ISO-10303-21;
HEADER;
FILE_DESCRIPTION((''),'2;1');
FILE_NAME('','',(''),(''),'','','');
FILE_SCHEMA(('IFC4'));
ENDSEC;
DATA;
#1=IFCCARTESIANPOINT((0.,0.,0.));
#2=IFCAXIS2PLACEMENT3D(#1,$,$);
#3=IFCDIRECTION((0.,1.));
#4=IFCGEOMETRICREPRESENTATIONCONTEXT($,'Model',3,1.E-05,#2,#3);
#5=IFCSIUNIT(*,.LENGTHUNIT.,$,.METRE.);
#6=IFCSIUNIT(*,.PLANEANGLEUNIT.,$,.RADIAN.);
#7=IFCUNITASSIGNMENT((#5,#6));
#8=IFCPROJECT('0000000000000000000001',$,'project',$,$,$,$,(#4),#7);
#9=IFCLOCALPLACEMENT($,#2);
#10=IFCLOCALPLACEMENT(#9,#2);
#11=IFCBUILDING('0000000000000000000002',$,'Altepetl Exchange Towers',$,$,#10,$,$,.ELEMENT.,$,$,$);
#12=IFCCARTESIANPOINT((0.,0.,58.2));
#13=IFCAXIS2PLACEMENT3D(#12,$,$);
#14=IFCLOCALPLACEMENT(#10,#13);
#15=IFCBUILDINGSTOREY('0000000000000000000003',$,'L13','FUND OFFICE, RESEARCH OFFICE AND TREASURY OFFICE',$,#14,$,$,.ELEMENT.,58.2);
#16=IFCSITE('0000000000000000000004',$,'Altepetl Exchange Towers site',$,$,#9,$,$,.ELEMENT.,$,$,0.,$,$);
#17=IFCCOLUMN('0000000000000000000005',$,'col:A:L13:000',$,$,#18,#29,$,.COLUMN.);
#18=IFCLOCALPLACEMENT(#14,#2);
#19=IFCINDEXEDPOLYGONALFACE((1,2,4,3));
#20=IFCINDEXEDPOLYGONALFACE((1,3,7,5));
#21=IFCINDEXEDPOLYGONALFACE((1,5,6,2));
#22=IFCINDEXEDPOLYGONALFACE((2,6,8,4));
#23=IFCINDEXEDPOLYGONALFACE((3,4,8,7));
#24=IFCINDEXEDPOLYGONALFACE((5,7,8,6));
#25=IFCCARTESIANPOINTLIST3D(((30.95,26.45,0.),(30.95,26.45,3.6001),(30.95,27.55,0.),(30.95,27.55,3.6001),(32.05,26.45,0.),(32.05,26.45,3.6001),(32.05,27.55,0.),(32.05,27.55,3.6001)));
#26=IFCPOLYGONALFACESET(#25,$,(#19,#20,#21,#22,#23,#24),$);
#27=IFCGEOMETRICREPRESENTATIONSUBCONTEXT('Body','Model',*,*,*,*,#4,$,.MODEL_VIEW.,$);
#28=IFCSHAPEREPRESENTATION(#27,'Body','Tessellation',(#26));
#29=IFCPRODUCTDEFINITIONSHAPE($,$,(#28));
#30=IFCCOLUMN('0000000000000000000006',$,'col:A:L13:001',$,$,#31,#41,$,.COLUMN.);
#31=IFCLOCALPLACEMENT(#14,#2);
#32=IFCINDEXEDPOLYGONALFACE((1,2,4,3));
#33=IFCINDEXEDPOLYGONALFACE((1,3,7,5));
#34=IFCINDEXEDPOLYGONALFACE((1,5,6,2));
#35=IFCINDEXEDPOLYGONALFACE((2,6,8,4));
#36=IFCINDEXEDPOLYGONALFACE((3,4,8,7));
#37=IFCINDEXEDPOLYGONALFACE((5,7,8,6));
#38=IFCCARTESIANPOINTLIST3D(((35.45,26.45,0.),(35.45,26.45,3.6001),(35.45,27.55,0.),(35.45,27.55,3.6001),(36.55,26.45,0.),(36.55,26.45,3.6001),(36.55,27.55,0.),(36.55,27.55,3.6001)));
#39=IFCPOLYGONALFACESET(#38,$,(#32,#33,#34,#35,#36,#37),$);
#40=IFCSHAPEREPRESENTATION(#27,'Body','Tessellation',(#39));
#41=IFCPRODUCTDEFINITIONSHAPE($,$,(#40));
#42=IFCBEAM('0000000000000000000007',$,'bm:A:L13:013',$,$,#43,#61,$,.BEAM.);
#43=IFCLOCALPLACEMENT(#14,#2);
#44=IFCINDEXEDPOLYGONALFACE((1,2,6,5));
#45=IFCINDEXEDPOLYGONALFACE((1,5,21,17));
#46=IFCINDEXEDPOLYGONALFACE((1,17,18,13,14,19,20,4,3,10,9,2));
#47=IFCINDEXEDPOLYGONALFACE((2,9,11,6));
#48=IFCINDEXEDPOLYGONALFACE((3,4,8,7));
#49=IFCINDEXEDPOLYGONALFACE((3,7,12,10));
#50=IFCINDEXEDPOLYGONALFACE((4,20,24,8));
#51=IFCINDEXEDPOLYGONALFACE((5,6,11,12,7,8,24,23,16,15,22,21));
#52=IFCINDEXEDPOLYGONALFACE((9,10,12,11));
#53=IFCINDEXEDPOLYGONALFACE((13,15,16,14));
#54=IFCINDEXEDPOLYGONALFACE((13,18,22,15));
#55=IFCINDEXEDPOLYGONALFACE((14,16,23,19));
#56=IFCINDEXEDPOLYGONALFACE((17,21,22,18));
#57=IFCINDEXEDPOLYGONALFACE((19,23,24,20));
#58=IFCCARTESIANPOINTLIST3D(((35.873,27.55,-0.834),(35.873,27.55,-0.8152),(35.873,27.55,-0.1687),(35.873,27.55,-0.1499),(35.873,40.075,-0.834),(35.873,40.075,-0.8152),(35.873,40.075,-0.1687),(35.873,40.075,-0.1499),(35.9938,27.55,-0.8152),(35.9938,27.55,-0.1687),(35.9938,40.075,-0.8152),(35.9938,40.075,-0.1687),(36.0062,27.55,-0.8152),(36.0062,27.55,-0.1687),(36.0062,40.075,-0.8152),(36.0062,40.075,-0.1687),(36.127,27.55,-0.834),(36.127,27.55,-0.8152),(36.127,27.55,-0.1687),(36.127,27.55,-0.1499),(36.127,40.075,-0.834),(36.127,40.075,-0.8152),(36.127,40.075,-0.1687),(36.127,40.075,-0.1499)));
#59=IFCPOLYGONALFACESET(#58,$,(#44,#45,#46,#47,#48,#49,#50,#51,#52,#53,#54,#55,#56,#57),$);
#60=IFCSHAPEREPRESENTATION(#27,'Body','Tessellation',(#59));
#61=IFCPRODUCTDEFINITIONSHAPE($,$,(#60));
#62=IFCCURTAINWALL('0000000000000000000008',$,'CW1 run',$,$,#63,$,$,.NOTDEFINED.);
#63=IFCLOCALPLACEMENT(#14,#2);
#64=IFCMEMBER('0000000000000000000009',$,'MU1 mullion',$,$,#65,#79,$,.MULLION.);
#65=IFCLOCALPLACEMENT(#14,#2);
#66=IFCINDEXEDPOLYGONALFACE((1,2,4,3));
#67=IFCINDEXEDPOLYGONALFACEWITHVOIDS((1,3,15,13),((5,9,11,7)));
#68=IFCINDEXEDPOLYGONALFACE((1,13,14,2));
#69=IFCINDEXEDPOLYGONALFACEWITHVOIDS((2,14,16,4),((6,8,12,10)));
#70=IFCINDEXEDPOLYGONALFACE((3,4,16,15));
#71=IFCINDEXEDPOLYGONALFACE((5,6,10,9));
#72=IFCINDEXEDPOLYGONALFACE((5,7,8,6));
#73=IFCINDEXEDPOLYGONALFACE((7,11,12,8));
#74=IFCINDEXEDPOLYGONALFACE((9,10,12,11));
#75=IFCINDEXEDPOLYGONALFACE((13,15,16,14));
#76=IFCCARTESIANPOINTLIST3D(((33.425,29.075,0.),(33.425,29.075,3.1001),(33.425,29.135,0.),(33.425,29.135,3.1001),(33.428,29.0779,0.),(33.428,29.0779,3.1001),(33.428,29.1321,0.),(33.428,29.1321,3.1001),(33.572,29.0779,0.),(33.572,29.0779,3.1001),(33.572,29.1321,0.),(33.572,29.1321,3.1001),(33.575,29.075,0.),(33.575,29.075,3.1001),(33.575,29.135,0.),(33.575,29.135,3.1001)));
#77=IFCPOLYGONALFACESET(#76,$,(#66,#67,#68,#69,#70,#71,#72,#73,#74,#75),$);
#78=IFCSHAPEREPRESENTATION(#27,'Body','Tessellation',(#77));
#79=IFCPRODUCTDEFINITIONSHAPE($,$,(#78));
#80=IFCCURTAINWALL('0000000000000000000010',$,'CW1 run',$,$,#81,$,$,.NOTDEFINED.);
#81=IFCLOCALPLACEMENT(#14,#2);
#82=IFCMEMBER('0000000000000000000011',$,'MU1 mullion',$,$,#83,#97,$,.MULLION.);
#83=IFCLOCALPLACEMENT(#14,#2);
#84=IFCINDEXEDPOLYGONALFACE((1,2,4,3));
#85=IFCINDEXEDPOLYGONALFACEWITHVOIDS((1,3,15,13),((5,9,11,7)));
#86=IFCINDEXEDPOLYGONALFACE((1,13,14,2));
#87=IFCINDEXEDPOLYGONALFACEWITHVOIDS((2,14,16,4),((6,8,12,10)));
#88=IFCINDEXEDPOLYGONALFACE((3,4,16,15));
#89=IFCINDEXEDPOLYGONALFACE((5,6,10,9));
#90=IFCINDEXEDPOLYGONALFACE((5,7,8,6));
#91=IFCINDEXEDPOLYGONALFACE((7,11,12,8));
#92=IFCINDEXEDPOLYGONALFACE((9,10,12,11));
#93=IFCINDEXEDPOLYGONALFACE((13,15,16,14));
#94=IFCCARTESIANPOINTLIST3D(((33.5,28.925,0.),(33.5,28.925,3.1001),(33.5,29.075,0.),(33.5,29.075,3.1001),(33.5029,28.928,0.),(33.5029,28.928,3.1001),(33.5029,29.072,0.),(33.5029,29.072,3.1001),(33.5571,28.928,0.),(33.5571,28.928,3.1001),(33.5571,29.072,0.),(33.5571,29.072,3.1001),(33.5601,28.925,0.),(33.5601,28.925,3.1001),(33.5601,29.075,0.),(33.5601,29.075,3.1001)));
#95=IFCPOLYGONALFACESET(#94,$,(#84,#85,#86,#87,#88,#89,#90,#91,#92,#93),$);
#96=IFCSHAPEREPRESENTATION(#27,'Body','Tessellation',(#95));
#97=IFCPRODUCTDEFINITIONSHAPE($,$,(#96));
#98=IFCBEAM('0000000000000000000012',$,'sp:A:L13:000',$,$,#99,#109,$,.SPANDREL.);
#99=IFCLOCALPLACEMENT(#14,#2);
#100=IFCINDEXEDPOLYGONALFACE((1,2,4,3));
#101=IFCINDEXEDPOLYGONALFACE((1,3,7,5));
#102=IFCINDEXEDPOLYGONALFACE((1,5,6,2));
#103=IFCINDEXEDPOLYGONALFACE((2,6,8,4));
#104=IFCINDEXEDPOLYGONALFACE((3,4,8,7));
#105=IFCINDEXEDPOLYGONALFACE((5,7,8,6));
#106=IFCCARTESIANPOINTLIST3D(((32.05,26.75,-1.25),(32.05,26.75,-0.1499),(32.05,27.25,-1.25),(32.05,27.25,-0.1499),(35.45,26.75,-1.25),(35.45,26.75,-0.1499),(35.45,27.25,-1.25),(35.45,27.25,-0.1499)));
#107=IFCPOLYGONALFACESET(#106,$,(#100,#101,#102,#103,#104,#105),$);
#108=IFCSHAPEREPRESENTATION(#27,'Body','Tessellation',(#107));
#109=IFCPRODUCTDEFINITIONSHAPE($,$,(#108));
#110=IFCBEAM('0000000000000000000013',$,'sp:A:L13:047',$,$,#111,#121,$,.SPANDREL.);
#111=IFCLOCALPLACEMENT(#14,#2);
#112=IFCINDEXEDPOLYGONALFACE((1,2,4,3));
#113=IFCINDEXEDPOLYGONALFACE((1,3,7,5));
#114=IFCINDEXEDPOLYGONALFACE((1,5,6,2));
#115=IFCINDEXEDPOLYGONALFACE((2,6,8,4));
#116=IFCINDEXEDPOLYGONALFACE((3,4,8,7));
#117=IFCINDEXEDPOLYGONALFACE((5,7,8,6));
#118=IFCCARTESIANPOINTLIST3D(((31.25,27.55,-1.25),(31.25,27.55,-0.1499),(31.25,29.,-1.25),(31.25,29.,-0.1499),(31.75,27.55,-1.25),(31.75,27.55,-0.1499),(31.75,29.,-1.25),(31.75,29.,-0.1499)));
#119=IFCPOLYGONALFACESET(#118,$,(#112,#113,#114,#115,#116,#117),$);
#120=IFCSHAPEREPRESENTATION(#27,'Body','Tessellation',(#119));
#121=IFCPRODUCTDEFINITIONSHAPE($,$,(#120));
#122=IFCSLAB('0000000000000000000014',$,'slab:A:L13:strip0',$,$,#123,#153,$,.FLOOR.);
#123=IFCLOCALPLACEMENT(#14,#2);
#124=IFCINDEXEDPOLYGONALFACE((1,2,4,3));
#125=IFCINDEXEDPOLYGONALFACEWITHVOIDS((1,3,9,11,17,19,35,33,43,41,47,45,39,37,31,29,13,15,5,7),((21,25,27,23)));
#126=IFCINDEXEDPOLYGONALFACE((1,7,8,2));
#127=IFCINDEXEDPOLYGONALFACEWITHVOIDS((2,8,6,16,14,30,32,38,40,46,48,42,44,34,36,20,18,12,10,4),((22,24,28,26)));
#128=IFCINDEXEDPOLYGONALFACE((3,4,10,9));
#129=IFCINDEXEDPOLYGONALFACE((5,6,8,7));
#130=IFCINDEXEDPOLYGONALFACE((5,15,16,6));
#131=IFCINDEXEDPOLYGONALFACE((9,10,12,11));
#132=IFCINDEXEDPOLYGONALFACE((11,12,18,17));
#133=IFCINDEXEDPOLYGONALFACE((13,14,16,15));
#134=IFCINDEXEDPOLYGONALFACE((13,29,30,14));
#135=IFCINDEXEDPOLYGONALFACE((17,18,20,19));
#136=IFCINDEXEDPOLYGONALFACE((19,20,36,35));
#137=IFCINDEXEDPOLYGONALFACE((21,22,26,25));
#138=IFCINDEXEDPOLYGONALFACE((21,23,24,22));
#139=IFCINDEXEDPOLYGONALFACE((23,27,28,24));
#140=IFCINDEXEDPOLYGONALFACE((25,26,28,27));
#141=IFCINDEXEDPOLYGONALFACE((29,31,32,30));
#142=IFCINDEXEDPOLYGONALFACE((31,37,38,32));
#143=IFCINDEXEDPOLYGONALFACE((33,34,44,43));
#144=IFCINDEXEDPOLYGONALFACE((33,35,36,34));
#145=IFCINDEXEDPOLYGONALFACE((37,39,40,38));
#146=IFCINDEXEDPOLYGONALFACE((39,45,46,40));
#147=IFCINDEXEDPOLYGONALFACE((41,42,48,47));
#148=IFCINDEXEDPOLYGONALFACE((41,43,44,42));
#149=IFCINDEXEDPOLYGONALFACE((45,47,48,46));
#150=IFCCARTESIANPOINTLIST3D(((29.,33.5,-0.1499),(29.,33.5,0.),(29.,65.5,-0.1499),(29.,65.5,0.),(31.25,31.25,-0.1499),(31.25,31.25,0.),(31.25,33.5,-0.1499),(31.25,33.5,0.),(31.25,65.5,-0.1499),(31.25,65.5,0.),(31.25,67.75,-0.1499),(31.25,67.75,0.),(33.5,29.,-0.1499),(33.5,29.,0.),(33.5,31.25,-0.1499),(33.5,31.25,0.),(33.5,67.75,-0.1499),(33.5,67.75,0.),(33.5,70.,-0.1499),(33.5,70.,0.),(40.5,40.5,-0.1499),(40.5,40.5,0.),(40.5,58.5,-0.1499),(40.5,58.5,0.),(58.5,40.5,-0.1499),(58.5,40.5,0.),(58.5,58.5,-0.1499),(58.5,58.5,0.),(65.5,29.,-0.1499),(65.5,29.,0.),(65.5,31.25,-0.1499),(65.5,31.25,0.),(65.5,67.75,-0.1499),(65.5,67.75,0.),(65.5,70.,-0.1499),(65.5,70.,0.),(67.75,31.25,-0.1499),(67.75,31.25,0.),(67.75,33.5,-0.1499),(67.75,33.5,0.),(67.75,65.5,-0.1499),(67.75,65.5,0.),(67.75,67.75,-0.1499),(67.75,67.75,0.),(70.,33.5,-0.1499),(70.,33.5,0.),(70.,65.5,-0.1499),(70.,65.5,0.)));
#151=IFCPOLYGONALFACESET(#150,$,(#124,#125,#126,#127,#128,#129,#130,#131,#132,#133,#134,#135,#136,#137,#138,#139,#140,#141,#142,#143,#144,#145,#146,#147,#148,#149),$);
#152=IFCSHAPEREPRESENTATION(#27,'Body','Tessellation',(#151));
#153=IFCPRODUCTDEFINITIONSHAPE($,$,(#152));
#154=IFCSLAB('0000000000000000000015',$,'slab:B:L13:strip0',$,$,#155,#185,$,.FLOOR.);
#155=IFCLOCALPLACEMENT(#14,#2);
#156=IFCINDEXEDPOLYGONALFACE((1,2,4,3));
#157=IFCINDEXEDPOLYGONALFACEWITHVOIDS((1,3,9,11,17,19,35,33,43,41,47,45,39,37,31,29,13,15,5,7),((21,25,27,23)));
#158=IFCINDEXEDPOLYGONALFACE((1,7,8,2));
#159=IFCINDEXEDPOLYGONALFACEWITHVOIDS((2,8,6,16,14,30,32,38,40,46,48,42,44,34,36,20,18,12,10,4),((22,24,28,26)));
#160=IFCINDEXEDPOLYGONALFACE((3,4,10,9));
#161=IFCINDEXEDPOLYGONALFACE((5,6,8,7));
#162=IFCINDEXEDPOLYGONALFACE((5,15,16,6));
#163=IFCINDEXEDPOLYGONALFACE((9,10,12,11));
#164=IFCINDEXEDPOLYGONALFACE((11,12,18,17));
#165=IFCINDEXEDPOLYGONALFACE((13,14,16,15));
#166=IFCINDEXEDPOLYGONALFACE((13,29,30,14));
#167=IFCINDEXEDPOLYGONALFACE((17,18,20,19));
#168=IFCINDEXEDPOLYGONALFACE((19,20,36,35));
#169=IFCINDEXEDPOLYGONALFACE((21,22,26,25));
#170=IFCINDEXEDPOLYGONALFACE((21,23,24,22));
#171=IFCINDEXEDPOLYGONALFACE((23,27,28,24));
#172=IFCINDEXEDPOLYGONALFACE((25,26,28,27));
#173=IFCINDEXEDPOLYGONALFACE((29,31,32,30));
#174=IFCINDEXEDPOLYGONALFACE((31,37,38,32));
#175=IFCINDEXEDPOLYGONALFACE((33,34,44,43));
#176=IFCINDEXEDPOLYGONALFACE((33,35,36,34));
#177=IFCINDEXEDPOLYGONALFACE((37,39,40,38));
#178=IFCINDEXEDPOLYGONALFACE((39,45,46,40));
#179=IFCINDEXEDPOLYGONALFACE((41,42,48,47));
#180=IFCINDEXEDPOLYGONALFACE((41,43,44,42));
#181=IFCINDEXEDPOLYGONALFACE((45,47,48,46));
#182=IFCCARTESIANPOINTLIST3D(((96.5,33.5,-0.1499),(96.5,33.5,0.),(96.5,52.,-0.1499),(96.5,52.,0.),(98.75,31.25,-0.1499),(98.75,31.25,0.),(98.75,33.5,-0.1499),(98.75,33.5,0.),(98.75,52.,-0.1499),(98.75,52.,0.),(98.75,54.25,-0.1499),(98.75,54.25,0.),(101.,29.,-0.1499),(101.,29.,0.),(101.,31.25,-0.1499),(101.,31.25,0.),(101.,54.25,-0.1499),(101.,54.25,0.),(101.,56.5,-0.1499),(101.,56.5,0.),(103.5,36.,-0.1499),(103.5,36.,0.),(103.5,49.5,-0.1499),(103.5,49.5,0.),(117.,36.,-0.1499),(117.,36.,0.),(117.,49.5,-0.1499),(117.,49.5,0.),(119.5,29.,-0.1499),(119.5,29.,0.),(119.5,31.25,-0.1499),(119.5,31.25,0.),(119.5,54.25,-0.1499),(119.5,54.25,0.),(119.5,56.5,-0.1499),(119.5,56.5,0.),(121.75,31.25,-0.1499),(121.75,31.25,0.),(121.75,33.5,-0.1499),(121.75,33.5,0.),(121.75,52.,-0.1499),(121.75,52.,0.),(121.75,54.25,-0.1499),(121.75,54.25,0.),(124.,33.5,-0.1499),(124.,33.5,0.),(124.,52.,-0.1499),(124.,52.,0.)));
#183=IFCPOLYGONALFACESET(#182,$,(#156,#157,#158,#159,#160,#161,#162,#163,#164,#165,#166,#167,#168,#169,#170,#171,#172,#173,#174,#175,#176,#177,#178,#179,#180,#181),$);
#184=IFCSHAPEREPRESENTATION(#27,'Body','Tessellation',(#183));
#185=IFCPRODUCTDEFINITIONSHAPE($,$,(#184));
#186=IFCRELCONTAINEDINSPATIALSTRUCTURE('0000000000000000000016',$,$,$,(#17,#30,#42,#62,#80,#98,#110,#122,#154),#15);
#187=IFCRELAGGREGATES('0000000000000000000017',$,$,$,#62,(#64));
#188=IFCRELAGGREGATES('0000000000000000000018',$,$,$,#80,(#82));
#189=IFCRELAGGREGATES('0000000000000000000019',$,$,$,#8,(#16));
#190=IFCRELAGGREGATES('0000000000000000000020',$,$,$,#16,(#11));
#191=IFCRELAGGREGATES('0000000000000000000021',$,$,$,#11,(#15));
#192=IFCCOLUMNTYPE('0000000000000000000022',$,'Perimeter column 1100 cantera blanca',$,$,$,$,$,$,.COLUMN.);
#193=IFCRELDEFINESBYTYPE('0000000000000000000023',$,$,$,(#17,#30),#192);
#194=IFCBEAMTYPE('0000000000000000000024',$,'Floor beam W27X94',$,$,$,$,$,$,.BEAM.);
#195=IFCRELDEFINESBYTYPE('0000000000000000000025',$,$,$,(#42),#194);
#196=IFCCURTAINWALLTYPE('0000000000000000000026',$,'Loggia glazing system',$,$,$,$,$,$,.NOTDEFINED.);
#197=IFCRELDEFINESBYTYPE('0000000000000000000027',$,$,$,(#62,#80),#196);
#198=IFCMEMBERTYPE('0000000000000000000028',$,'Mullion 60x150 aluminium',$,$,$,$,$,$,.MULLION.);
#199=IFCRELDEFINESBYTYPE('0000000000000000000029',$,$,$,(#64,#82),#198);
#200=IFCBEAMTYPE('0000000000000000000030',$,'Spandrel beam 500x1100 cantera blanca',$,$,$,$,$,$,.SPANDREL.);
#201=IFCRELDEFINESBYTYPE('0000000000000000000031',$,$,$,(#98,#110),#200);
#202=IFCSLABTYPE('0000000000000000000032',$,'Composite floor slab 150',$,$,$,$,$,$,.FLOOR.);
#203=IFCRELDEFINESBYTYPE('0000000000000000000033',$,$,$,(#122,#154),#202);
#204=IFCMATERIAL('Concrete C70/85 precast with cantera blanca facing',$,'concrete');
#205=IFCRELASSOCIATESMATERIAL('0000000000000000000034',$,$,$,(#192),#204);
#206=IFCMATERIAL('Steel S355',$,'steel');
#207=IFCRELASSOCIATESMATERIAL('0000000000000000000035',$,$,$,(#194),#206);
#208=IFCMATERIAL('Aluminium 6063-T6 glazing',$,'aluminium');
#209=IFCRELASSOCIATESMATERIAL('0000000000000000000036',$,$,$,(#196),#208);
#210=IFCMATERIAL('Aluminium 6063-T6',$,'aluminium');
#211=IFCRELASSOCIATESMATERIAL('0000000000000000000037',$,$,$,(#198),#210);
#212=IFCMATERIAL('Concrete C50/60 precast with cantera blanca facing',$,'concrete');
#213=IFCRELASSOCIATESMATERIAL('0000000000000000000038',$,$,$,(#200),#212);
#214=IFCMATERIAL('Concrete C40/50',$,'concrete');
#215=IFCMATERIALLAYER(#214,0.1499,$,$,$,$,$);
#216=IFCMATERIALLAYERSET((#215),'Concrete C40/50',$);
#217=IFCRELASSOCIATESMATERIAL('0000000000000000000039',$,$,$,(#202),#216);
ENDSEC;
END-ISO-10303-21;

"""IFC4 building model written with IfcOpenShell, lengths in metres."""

from ifc_helpers import new_model, si_unit, direction, frame, origin, origin_2d, place, context, subcontext, project, spatial, polyline, rectangle, hollow_rectangle, i_section, outline, extrude, material, layer, layer_set, material_profile, profile_set, type_object, element, aggregate, save


model = new_model("IFC4")

# Units and contexts
model_context = context("Model", 3, precision=1e-05, world=origin(), true_north=direction((0.0, 1.0)))
body_context = subcontext(model_context, "Body", "Model", "MODEL_VIEW")
ifc_project = project(units=[si_unit("LENGTHUNIT", "METRE"), si_unit("PLANEANGLEUNIT", "RADIAN")], contexts=[model_context])

# Site, building, storey
site_placement = place(None, origin())
site = spatial("IfcSite", under=ifc_project, at=site_placement, Name="Altepetl Exchange Towers site", CompositionType="ELEMENT", RefElevation=0.0)
building_placement = place(site_placement, origin())
building = spatial("IfcBuilding", under=site, at=building_placement, Name="Altepetl Exchange Towers", CompositionType="ELEMENT")
storey_placement = place(building_placement, frame((0.0, 0.0, 58.2)))
storey = spatial("IfcBuildingStorey", under=building, at=storey_placement, Name="L13", Description="FUND OFFICE, RESEARCH OFFICE AND TREASURY OFFICE", CompositionType="ELEMENT", Elevation=58.2)

# Columns
ifc_material_1 = material(Name="Concrete C70/85 precast with cantera blanca facing", Category="concrete")
ifc_material_profile_1 = material_profile(ifc_material_1, rectangle(XDim=1.1001, YDim=1.1001, at=origin_2d()), Name="1100 x 1100")
ifc_profile_set_1 = profile_set([ifc_material_profile_1], Name="Concrete C70/85 precast with cantera blanca facing")
column_type = type_object("IfcColumnType", Name="Perimeter column 1100 cantera blanca", PredefinedType="COLUMN", material=ifc_profile_set_1)
for number, where, name in (
    (1, (31.5, 27.0, 0.0), "col:A:L13:000"),
    (2, (36.0, 27.0, 0.0), "col:A:L13:001"),
):
    element("IfcColumn", number, at=place(storey_placement, frame(where)), inside=storey, type_object=column_type, Name=name, PredefinedType="COLUMN", context=body_context, shape_type="SweptSolid", body=[
        extrude(rectangle(XDim=1.1001, YDim=1.1001, at=origin_2d()), origin(), (0.0, 0.0, 1.0), 3.6001),
    ])

# Beam
ifc_material_2 = material(Name="Steel S355", Category="steel")
ifc_material_profile_2 = material_profile(ifc_material_2, i_section(OverallWidth=0.2539, OverallDepth=0.6841, WebThickness=0.0125, FlangeThickness=0.0188, at=origin_2d()), Name="W27X94")
ifc_profile_set_2 = profile_set([ifc_material_profile_2], Name="Steel S355")
beam_type_1 = type_object("IfcBeamType", Name="Floor beam W27X94", PredefinedType="BEAM", material=ifc_profile_set_2)
beam_1_placement = place(storey_placement, frame((36.0, 27.55, -0.4919), z_axis=(0.0, 1.0, 0.0), x_axis=(-1.0, 0.0, 0.0)))
element("IfcBeam", 3, at=beam_1_placement, inside=storey, type_object=beam_type_1, Name="bm:A:L13:013", PredefinedType="BEAM", context=body_context, shape_type="SweptSolid", body=[
    extrude(i_section(OverallWidth=0.2539, OverallDepth=0.6841, WebThickness=0.0125, FlangeThickness=0.0188, at=origin_2d()), origin(), (0.0, 0.0, 1.0), 12.5249),
])

# Curtain walls, members
ifc_material_3 = material(Name="Aluminium 6063-T6 glazing", Category="aluminium")
curtain_wall_type = type_object("IfcCurtainWallType", Name="Loggia glazing system", PredefinedType="NOTDEFINED", material=ifc_material_3)
curtain_wall_1_placement = place(storey_placement, origin())
curtain_wall_1 = element("IfcCurtainWall", 4, at=curtain_wall_1_placement, inside=storey, type_object=curtain_wall_type, Name="CW1 run", PredefinedType="NOTDEFINED")
ifc_material_4 = material(Name="Aluminium 6063-T6", Category="aluminium")
ifc_material_profile_3 = material_profile(ifc_material_4, hollow_rectangle(XDim=0.0601, YDim=0.1499, WallThickness=0.0029, at=origin_2d()), Name="Mullion 60x150 aluminium")
ifc_profile_set_3 = profile_set([ifc_material_profile_3], Name="Aluminium 6063-T6")
member_type = type_object("IfcMemberType", Name="Mullion 60x150 aluminium", PredefinedType="MULLION", material=ifc_profile_set_3)
member_1_placement = place(storey_placement, frame((33.5, 29.105, 0.0), z_axis=(0.0, 0.0, 1.0), x_axis=(0.0, -1.0, 0.0)))
member_1 = element("IfcMember", 5, at=member_1_placement, type_object=member_type, Name="MU1 mullion", PredefinedType="MULLION", context=body_context, shape_type="SweptSolid", body=[
    extrude(hollow_rectangle(XDim=0.0601, YDim=0.1499, WallThickness=0.0029, at=origin_2d()), origin(), (0.0, 0.0, 1.0), 3.1001),
])
aggregate(curtain_wall_1, [member_1])
curtain_wall_2_placement = place(storey_placement, origin())
curtain_wall_2 = element("IfcCurtainWall", 6, at=curtain_wall_2_placement, inside=storey, type_object=curtain_wall_type, Name="CW1 run", PredefinedType="NOTDEFINED")
member_2_placement = place(storey_placement, frame((33.53, 29.0, 0.0)))
member_2 = element("IfcMember", 7, at=member_2_placement, type_object=member_type, Name="MU1 mullion", PredefinedType="MULLION", context=body_context, shape_type="SweptSolid", body=[
    extrude(hollow_rectangle(XDim=0.0601, YDim=0.1499, WallThickness=0.0029, at=origin_2d()), origin(), (0.0, 0.0, 1.0), 3.1001),
])

# Beams
ifc_material_5 = material(Name="Concrete C50/60 precast with cantera blanca facing", Category="concrete")
ifc_material_profile_4 = material_profile(ifc_material_5, rectangle(XDim=0.5, YDim=1.1001, at=origin_2d()), Name="500 x 1100")
ifc_profile_set_4 = profile_set([ifc_material_profile_4], Name="Concrete C50/60 precast with cantera blanca facing")
beam_type_2 = type_object("IfcBeamType", Name="Spandrel beam 500x1100 cantera blanca", PredefinedType="SPANDREL", material=ifc_profile_set_4)
beam_2_placement = place(storey_placement, frame((32.05, 27.0, -0.7), z_axis=(1.0, 0.0, 0.0), x_axis=(0.0, 1.0, 0.0)))
element("IfcBeam", 8, at=beam_2_placement, inside=storey, type_object=beam_type_2, Name="sp:A:L13:000", PredefinedType="SPANDREL", context=body_context, shape_type="SweptSolid", body=[
    extrude(rectangle(XDim=0.5, YDim=1.1001, at=origin_2d()), origin(), (0.0, 0.0, 1.0), 3.3999),
])
beam_3_placement = place(storey_placement, frame((31.5, 29.0, -0.7), z_axis=(0.0, -1.0, 0.0), x_axis=(1.0, 0.0, 0.0)))
element("IfcBeam", 9, at=beam_3_placement, inside=storey, type_object=beam_type_2, Name="sp:A:L13:047", PredefinedType="SPANDREL", context=body_context, shape_type="SweptSolid", body=[
    extrude(rectangle(XDim=0.5, YDim=1.1001, at=origin_2d()), origin(), (0.0, 0.0, 1.0), 1.45),
])

# Slabs
ifc_material_6 = material(Name="Concrete C40/50", Category="concrete")
ifc_layer_1 = layer(ifc_material_6, 0.1499)
ifc_layer_set_1 = layer_set([ifc_layer_1], Name="Concrete C40/50")
slab_type_1 = type_object("IfcSlabType", Name="Composite floor slab 150", PredefinedType="FLOOR", material=ifc_layer_set_1)
slab_1_placement = place(storey_placement, frame((0.0, 0.0, -0.1499)))
element("IfcSlab", 10, at=slab_1_placement, inside=storey, type_object=slab_type_1, Name="slab:A:L13:strip0", PredefinedType="FLOOR", context=body_context, shape_type="SweptSolid", body=[
    extrude(outline(polyline([(31.25, 67.75), (31.25, 65.5), (29.0, 65.5), (29.0, 33.5), (31.25, 33.5), (31.25, 31.25), (33.5, 31.25), (33.5, 29.0), (65.5, 29.0), (65.5, 31.25), (67.75, 31.25), (67.75, 33.5), (70.0, 33.5), (70.0, 65.5), (67.75, 65.5), (67.75, 67.75), (65.5, 67.75), (65.5, 70.0), (33.5, 70.0), (33.5, 67.75), (31.25, 67.75)]), holes=[polyline([(58.5, 58.5), (58.5, 40.5), (40.5, 40.5), (40.5, 58.5), (58.5, 58.5)])]), origin(), (0.0, 0.0, 1.0), 0.1499),
])
slab_2_placement = place(storey_placement, frame((0.0, 0.0, -0.1499)))
element("IfcSlab", 11, at=slab_2_placement, inside=storey, type_object=slab_type_1, Name="slab:B:L13:strip0", PredefinedType="FLOOR", context=body_context, shape_type="SweptSolid", body=[
    extrude(outline(polyline([(98.75, 54.25), (98.75, 52.0), (96.5, 52.0), (96.5, 33.5), (98.75, 33.5), (98.75, 31.25), (101.0, 31.25), (101.0, 29.0), (119.5, 29.0), (119.5, 31.25), (121.75, 31.25), (121.75, 33.5), (124.0, 33.5), (124.0, 52.0), (121.75, 52.0), (121.75, 54.25), (119.5, 54.25), (119.5, 56.5), (101.0, 56.5), (101.0, 54.25), (98.75, 54.25)]), holes=[polyline([(117.0, 49.5), (117.0, 36.0), (103.5, 36.0), (103.5, 49.5), (117.0, 49.5)])]), origin(), (0.0, 0.0, 1.0), 0.1499),
])

aggregate(curtain_wall_2, [member_2])

save(model, "model.ifc")
